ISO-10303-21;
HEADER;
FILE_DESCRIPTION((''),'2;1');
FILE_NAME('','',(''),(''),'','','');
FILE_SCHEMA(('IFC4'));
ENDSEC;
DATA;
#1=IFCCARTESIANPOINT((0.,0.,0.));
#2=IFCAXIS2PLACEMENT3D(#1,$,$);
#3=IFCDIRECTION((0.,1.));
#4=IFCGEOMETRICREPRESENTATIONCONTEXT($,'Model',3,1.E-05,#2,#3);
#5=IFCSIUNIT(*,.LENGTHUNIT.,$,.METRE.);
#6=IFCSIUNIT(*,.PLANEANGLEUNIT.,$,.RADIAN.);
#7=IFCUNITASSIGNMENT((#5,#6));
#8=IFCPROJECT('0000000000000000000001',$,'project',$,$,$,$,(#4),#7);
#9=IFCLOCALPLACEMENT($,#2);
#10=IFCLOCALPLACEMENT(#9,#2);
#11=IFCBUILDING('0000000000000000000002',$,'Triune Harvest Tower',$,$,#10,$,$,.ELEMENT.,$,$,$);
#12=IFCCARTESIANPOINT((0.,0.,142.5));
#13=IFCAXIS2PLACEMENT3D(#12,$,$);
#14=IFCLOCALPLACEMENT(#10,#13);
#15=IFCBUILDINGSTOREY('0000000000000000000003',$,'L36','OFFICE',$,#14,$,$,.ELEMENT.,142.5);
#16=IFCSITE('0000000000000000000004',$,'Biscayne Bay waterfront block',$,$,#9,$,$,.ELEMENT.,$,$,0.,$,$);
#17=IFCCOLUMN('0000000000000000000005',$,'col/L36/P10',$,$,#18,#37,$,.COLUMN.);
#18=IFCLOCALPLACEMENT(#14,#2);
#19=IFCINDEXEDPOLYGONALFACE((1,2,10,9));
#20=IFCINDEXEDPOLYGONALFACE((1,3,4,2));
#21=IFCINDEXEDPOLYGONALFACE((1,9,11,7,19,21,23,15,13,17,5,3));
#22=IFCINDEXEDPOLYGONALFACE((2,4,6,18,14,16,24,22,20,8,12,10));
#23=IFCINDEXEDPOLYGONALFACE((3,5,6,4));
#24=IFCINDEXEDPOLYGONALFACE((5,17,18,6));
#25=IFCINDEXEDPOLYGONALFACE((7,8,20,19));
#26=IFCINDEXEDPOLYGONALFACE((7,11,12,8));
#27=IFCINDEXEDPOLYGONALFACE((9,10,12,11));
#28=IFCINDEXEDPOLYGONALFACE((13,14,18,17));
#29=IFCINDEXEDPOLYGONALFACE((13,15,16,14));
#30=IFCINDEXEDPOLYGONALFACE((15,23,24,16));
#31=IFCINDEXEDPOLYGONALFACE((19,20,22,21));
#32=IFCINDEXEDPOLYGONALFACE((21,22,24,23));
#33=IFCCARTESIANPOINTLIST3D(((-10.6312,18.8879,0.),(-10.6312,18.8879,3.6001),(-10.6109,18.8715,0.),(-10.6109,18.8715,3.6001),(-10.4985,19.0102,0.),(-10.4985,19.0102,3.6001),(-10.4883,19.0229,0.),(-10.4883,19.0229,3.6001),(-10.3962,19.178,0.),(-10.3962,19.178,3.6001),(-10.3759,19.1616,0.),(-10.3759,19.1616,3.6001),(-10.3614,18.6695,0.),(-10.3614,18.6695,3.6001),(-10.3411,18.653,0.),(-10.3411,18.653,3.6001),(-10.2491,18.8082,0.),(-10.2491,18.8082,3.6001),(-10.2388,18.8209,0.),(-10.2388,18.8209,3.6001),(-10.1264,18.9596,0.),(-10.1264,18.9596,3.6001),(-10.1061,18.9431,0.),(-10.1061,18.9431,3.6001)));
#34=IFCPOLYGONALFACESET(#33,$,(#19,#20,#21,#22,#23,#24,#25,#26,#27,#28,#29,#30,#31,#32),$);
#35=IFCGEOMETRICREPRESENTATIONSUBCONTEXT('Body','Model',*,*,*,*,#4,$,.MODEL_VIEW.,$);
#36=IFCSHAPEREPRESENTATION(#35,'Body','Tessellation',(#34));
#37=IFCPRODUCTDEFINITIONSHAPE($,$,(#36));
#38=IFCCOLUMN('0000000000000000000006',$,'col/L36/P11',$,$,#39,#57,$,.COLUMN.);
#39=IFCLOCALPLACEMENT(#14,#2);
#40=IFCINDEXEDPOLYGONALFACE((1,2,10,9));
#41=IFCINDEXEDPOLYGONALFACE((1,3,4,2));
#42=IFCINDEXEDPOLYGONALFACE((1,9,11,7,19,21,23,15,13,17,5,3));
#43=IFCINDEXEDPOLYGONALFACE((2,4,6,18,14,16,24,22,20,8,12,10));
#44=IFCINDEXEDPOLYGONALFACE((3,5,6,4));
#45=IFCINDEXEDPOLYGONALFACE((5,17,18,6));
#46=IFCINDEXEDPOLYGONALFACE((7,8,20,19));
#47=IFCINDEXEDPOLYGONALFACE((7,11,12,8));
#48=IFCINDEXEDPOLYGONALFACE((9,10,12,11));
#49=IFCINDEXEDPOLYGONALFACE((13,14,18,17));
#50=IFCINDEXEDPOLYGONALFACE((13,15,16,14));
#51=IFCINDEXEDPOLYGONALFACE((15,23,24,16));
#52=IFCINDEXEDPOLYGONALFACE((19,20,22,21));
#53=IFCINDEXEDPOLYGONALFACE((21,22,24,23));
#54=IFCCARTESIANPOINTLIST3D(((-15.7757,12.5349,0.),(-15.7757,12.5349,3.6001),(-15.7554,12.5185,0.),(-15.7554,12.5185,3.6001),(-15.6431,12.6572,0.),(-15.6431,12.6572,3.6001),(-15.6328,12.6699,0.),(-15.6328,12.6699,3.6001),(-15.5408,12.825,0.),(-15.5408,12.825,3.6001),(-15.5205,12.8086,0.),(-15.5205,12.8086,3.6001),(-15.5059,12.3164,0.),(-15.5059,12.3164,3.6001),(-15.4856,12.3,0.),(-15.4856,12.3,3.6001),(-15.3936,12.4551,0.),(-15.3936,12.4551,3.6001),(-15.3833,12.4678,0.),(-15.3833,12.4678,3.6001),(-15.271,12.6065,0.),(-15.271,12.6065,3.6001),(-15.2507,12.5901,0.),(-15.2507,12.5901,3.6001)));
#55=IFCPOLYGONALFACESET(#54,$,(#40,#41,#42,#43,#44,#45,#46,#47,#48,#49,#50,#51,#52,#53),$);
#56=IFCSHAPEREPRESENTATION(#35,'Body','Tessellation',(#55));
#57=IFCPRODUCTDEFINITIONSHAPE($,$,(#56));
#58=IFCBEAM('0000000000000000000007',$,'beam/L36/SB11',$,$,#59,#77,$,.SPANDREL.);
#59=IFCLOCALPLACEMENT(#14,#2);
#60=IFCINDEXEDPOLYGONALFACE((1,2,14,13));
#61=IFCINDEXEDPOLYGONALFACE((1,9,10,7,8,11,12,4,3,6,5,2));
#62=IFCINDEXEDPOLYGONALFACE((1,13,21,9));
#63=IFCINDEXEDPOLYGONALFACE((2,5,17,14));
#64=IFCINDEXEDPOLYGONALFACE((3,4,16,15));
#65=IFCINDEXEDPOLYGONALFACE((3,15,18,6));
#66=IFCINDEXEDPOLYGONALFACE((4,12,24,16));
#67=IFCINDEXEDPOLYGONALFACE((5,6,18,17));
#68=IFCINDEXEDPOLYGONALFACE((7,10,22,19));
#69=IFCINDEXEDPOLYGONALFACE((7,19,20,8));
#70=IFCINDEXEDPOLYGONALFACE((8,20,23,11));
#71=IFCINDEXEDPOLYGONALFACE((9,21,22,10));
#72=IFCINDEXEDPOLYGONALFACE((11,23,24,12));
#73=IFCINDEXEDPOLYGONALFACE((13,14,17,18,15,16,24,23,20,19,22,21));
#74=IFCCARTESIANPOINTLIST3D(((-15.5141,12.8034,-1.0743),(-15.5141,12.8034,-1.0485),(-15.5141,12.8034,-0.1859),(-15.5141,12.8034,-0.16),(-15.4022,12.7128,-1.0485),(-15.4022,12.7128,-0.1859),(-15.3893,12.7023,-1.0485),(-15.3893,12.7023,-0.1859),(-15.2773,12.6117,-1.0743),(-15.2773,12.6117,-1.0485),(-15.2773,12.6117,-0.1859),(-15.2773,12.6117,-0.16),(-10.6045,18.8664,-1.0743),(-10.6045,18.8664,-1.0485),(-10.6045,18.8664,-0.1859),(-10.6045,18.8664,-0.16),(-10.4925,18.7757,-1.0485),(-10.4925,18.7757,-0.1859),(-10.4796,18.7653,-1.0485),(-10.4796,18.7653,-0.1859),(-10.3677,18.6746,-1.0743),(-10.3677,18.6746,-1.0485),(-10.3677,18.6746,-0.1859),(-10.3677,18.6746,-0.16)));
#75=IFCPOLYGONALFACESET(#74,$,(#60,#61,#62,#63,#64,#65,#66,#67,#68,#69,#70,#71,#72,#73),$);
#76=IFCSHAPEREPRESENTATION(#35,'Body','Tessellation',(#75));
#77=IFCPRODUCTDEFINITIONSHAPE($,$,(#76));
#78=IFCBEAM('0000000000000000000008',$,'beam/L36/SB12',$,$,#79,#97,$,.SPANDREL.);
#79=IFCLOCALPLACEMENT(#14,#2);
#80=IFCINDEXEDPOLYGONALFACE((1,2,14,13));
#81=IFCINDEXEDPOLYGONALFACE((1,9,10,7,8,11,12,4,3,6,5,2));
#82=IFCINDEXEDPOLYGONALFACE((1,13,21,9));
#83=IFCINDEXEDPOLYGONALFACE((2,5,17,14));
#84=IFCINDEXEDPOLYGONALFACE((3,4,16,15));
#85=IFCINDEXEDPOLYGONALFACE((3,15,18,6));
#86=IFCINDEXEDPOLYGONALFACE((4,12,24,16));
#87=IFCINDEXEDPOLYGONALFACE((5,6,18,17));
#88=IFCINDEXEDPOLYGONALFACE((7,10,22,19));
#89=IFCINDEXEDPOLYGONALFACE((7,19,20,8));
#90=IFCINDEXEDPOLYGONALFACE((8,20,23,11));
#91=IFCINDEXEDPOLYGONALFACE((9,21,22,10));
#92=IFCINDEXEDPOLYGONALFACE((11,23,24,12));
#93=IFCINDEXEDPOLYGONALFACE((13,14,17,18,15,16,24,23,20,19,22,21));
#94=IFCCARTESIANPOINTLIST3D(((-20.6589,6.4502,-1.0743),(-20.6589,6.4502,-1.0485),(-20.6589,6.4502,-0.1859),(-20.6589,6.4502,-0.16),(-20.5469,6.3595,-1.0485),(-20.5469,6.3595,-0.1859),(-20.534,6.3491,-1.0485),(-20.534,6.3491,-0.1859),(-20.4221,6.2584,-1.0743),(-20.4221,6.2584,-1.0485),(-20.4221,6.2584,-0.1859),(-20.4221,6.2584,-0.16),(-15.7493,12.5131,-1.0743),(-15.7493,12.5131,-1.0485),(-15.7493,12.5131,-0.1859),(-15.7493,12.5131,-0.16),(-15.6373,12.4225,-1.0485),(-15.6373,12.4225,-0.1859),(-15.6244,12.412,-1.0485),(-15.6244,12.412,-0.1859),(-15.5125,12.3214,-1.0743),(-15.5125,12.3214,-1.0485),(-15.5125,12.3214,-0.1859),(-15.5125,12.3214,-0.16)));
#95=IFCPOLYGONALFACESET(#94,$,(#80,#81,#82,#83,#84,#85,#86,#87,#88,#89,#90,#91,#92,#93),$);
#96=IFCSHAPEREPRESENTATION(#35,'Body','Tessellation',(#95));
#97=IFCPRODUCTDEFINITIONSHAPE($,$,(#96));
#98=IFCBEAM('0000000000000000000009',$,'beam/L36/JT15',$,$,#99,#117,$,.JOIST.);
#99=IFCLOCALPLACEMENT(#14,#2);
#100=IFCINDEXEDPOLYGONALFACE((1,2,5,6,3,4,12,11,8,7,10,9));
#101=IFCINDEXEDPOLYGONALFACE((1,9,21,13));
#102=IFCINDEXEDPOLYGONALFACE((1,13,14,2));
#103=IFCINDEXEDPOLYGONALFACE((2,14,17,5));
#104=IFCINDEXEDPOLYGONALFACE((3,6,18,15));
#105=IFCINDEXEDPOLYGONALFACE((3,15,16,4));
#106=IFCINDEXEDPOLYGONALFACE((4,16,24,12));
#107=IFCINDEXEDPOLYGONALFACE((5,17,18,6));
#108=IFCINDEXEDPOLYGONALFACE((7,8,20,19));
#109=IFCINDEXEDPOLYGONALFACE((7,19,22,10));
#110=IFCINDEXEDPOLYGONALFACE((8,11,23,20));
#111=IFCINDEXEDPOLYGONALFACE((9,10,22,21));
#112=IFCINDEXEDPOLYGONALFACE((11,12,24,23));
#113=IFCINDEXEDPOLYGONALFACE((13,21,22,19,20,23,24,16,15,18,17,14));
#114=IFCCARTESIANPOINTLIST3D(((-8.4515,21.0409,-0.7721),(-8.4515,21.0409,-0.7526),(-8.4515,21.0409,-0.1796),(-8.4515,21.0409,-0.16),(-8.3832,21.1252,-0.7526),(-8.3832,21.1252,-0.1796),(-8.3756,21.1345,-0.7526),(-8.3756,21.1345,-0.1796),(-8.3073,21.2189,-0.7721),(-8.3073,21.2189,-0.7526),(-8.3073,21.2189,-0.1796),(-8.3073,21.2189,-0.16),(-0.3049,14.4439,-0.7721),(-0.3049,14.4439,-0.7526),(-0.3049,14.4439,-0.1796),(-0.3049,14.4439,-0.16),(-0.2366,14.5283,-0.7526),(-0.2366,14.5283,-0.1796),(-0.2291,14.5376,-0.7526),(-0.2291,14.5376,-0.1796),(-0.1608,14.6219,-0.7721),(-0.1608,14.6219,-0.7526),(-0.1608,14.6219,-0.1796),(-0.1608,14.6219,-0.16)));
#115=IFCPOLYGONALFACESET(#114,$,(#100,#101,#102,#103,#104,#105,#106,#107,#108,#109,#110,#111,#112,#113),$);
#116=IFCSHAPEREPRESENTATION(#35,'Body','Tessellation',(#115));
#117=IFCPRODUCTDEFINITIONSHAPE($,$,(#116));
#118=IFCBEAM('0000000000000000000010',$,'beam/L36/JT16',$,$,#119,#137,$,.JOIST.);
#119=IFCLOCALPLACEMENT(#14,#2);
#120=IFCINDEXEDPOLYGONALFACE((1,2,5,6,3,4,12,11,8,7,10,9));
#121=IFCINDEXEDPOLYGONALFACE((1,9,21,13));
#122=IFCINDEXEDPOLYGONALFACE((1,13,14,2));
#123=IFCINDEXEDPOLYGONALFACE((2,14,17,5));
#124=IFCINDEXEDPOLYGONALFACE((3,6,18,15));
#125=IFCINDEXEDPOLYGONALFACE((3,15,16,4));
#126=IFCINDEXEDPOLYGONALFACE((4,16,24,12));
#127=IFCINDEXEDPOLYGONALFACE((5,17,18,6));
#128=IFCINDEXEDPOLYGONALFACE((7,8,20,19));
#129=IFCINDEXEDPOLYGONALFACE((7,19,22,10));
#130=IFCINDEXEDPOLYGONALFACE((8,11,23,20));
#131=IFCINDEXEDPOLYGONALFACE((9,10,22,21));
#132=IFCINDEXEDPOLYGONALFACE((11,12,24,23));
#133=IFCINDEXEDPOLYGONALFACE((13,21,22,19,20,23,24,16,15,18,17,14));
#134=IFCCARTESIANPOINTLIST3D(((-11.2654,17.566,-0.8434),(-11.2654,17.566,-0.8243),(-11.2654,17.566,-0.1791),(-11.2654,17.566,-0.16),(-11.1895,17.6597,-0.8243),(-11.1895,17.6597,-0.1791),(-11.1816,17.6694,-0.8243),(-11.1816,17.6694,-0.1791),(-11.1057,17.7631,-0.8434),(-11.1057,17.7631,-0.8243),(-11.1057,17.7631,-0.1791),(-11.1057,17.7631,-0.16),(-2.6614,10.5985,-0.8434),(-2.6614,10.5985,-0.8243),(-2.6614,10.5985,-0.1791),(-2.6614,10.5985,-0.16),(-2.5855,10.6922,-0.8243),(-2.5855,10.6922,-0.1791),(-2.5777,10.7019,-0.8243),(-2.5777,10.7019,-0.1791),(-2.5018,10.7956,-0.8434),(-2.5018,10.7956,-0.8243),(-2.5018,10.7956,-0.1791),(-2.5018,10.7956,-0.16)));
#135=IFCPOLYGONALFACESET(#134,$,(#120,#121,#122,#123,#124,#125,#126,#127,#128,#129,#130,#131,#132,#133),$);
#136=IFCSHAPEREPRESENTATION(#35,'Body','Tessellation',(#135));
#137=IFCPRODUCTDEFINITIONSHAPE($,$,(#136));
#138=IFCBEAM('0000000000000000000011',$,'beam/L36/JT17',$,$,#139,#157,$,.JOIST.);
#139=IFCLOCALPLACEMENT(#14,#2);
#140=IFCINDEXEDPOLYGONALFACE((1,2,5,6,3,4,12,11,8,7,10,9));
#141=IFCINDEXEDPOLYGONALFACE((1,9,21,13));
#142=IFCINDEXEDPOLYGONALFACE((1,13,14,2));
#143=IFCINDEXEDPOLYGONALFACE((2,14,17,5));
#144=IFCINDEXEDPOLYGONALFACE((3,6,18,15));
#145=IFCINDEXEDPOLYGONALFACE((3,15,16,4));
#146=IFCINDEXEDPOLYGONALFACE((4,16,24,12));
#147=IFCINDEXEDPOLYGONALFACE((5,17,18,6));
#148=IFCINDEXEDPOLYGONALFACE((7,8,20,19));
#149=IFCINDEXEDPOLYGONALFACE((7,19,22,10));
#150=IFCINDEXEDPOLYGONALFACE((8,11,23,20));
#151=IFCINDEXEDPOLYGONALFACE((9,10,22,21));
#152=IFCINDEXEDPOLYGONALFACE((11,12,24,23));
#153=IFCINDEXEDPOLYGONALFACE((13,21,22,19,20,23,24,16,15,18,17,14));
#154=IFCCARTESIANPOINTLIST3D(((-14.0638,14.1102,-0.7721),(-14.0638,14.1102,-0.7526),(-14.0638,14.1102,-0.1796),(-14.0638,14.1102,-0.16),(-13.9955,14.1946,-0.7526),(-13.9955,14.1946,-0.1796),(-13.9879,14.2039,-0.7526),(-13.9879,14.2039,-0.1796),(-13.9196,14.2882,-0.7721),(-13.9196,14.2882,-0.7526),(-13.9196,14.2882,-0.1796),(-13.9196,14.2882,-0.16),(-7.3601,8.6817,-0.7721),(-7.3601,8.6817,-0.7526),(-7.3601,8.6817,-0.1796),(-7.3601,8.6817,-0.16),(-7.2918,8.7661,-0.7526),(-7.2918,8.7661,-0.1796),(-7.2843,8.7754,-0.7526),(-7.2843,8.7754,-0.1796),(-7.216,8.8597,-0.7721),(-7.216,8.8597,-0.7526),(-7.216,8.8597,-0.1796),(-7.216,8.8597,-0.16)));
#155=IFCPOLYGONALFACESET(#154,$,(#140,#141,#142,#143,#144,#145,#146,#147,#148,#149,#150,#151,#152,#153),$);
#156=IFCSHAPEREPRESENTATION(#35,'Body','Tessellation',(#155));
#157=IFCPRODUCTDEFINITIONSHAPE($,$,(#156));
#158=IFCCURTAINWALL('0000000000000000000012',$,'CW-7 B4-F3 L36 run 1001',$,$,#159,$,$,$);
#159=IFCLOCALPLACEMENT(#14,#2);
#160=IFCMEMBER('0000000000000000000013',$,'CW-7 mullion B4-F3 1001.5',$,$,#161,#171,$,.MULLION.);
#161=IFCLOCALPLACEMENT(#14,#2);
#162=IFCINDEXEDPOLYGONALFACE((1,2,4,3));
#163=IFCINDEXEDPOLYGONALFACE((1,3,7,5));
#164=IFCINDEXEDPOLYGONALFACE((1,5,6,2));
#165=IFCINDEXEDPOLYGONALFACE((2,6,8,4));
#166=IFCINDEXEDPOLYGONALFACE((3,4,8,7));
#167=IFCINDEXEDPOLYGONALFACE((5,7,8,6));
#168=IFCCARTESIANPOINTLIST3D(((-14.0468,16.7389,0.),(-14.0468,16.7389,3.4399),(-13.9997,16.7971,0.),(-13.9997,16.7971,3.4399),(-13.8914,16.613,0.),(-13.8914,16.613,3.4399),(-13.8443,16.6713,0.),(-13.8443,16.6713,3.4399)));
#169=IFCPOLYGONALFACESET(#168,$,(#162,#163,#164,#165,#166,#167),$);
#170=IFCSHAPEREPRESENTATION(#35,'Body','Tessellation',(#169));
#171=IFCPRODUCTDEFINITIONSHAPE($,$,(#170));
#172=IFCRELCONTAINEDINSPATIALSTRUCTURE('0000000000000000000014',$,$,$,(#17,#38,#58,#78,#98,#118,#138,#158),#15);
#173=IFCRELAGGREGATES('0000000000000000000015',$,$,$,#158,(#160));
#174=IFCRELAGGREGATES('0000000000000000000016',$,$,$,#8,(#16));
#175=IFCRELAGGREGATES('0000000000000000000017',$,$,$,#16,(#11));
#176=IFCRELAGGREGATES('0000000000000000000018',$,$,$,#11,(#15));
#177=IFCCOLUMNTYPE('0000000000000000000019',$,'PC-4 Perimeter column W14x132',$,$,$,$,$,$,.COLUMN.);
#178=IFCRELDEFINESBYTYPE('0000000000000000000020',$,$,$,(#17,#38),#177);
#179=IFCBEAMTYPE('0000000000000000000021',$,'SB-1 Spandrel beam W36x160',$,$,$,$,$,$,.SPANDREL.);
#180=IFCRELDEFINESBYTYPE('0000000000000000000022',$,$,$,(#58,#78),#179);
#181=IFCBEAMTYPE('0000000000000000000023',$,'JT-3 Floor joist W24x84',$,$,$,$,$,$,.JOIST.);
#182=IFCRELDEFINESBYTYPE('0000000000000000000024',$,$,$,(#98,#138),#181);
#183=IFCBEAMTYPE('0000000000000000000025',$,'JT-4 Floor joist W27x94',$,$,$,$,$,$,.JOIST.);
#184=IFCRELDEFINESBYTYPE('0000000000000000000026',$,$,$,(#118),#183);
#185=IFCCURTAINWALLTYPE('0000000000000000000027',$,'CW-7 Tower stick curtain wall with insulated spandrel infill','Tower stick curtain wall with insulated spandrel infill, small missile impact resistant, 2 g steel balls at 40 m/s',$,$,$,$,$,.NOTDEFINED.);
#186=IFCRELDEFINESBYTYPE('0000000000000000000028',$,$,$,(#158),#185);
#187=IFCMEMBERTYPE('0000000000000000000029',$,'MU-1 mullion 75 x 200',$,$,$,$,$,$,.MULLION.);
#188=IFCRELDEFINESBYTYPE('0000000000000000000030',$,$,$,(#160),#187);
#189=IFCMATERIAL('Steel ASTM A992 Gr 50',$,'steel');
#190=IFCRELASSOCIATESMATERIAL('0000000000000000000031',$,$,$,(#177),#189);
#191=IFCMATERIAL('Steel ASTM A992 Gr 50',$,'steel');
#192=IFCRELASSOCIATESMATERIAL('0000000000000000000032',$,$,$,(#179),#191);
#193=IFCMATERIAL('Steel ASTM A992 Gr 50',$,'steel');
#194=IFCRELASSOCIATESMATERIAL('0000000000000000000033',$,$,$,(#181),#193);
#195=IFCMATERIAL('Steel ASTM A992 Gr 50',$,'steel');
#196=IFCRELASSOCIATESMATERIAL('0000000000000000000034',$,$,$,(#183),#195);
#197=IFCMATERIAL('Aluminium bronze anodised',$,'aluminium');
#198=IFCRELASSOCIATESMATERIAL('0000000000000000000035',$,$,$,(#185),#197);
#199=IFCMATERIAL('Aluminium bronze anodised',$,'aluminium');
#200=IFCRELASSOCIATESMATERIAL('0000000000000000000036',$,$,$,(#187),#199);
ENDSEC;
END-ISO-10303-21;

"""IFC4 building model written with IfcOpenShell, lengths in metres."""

from ifc_helpers import new_model, si_unit, direction, frame, origin, origin_2d, place, context, subcontext, project, spatial, rectangle, i_section, extrude, source, transform, mapped, material, material_profile, profile_set, type_object, element, aggregate, save


model = new_model("IFC4")

# Units and contexts
model_context = context("Model", 3, precision=1e-05, world=origin(), true_north=direction((0.0, 1.0)))
body_context = subcontext(model_context, "Body", "Model", "MODEL_VIEW")
ifc_project = project(units=[si_unit("LENGTHUNIT", "METRE"), si_unit("PLANEANGLEUNIT", "RADIAN")], contexts=[model_context])

# Site, building, storey
site_placement = place(None, origin())
site = spatial("IfcSite", under=ifc_project, at=site_placement, Name="Biscayne Bay waterfront block", CompositionType="ELEMENT", RefElevation=0.0)
building_placement = place(site_placement, origin())
building = spatial("IfcBuilding", under=site, at=building_placement, Name="Triune Harvest Tower", CompositionType="ELEMENT")
storey_placement = place(building_placement, frame((0.0, 0.0, 142.5)))
storey = spatial("IfcBuildingStorey", under=building, at=storey_placement, Name="L36", Description="OFFICE", CompositionType="ELEMENT", Elevation=142.5)

# Columns
ifc_material_1 = material(Name="Steel ASTM A992 Gr 50", Category="steel")
ifc_material_profile_1 = material_profile(ifc_material_1, i_section(OverallWidth=0.3733, OverallDepth=0.3733, WebThickness=0.0164, FlangeThickness=0.0261, at=origin_2d()), Name="W14x132")
ifc_profile_set_1 = profile_set([ifc_material_profile_1], Name="Steel ASTM A992 Gr 50")
column_type = type_object("IfcColumnType", Name="PC-4 Perimeter column W14x132", PredefinedType="COLUMN", material=ifc_profile_set_1)
shared_shape_1 = source(origin(), body_context, "Body", "SweptSolid", [
    extrude(i_section(OverallWidth=0.3733, OverallDepth=0.3733, WebThickness=0.0164, FlangeThickness=0.0261, at=origin_2d()), origin(), (0.0, 0.0, 1.0), 3.6001),
])
for number, where, z_axis, x_axis, name in (
    (1, (-10.3687, 18.9155, 0.0), (0.0, 0.0, 1.0), (-0.629322, -0.777145, 0.0), "col/L36/P10"),
    (2, (-15.5132, 12.5625, 0.0), (0.0, 0.0, 1.0), (-0.629322, -0.777145, 0.0), "col/L36/P11"),
):
    element("IfcColumn", number, at=place(storey_placement, frame(where, z_axis=z_axis, x_axis=x_axis)), inside=storey, type_object=column_type, Name=name, PredefinedType="COLUMN", context=body_context, shape_type="MappedRepresentation", body=[
        mapped(shared_shape_1, transform((0.0, 0.0, 0.0), scale=1.0)),
    ])

# Beams
ifc_material_2 = material(Name="Steel ASTM A992 Gr 50", Category="steel")
ifc_material_profile_2 = material_profile(ifc_material_2, i_section(OverallWidth=0.3047, OverallDepth=0.9143, WebThickness=0.0166, FlangeThickness=0.0259, at=origin_2d()), Name="W36x160")
ifc_profile_set_2 = profile_set([ifc_material_profile_2], Name="Steel ASTM A992 Gr 50")
beam_type_1 = type_object("IfcBeamType", Name="SB-1 Spandrel beam W36x160", PredefinedType="SPANDREL", material=ifc_profile_set_2)
shared_shape_2 = source(origin(), body_context, "Body", "SweptSolid", [
    extrude(i_section(OverallWidth=0.3047, OverallDepth=0.9143, WebThickness=0.0166, FlangeThickness=0.0259, at=origin_2d()), origin(), (0.0, 0.0, 1.0), 7.8015),
])
for number, where, z_axis, x_axis, name in (
    (3, (-10.4861, 18.7705, -0.6172), (-0.629317, -0.777149, 0.0), (0.777149, -0.629317, 0.0), "beam/L36/SB11"),
    (4, (-15.6309, 12.4172, -0.6172), (-0.629317, -0.777149, 0.0), (0.777149, -0.629317, 0.0), "beam/L36/SB12"),
):
    element("IfcBeam", number, at=place(storey_placement, frame(where, z_axis=z_axis, x_axis=x_axis)), inside=storey, type_object=beam_type_1, Name=name, PredefinedType="SPANDREL", context=body_context, shape_type="MappedRepresentation", body=[
        mapped(shared_shape_2, transform((0.0, 0.0, 0.0), scale=1.0)),
    ])
ifc_material_3 = material(Name="Steel ASTM A992 Gr 50", Category="steel")
ifc_material_profile_3 = material_profile(ifc_material_3, i_section(OverallWidth=0.229, OverallDepth=0.6121, WebThickness=0.012, FlangeThickness=0.0195, at=origin_2d()), Name="W24x84")
ifc_profile_set_3 = profile_set([ifc_material_profile_3], Name="Steel ASTM A992 Gr 50")
beam_type_2 = type_object("IfcBeamType", Name="JT-3 Floor joist W24x84", PredefinedType="JOIST", material=ifc_profile_set_3)
shared_shape_3 = source(origin(), body_context, "Body", "SweptSolid", [
    extrude(i_section(OverallWidth=0.229, OverallDepth=0.6121, WebThickness=0.012, FlangeThickness=0.0195, at=origin_2d()), origin(), (0.0, 0.0, 1.0), 10.4827),
])
beam_1_placement = place(storey_placement, frame((-8.3794, 21.1299, -0.4661), z_axis=(0.777145, -0.629322, 0.0), x_axis=(0.629322, 0.777145, 0.0)))
element("IfcBeam", 5, at=beam_1_placement, inside=storey, type_object=beam_type_2, Name="beam/L36/JT15", PredefinedType="JOIST", context=body_context, shape_type="MappedRepresentation", body=[
    mapped(shared_shape_3, transform((0.0, 0.0, 0.0), scale=1.0)),
])
ifc_material_4 = material(Name="Steel ASTM A992 Gr 50", Category="steel")
ifc_material_profile_4 = material_profile(ifc_material_4, i_section(OverallWidth=0.2537, OverallDepth=0.6833, WebThickness=0.0125, FlangeThickness=0.019, at=origin_2d()), Name="W27x94")
ifc_profile_set_4 = profile_set([ifc_material_profile_4], Name="Steel ASTM A992 Gr 50")
beam_type_3 = type_object("IfcBeamType", Name="JT-4 Floor joist W27x94", PredefinedType="JOIST", material=ifc_profile_set_4)
shared_shape_4 = source(origin(), body_context, "Body", "SweptSolid", [
    extrude(i_section(OverallWidth=0.2537, OverallDepth=0.6833, WebThickness=0.0125, FlangeThickness=0.019, at=origin_2d()), origin(), (0.0, 0.0, 1.0), 11.0713),
])
beam_2_placement = place(storey_placement, frame((-11.1855, 17.6646, -0.5017), z_axis=(0.77714, -0.629328, 0.0), x_axis=(0.629328, 0.77714, 0.0)))
element("IfcBeam", 6, at=beam_2_placement, inside=storey, type_object=beam_type_3, Name="beam/L36/JT16", PredefinedType="JOIST", context=body_context, shape_type="MappedRepresentation", body=[
    mapped(shared_shape_4, transform((0.0, 0.0, 0.0), scale=1.0)),
])
shared_shape_5 = source(origin(), body_context, "Body", "SweptSolid", [
    extrude(i_section(OverallWidth=0.229, OverallDepth=0.6121, WebThickness=0.012, FlangeThickness=0.0195, at=origin_2d()), origin(), (0.0, 0.0, 1.0), 8.626),
])
beam_3_placement = place(storey_placement, frame((-13.9917, 14.1992, -0.4661), z_axis=(0.777147, -0.62932, 0.0), x_axis=(0.62932, 0.777147, 0.0)))
element("IfcBeam", 7, at=beam_3_placement, inside=storey, type_object=beam_type_2, Name="beam/L36/JT17", PredefinedType="JOIST", context=body_context, shape_type="MappedRepresentation", body=[
    mapped(shared_shape_5, transform((0.0, 0.0, 0.0), scale=1.0)),
])

# Curtain wall, member
ifc_material_5 = material(Name="Aluminium bronze anodised", Category="aluminium")
curtain_wall_type = type_object("IfcCurtainWallType", Name="CW-7 Tower stick curtain wall with insulated spandrel infill", Description="Tower stick curtain wall with insulated spandrel infill, small missile impact resistant, 2 g steel balls at 40 m/s", PredefinedType="NOTDEFINED", material=ifc_material_5)
curtain_wall_placement = place(storey_placement, origin())
curtain_wall = element("IfcCurtainWall", 8, at=curtain_wall_placement, inside=storey, type_object=curtain_wall_type, Name="CW-7 B4-F3 L36 run 1001")
ifc_material_6 = material(Name="Aluminium bronze anodised", Category="aluminium")
ifc_material_profile_5 = material_profile(ifc_material_6, rectangle(XDim=0.2, YDim=0.075, at=origin_2d()), Name="MU-1 mullion 75 x 200")
ifc_profile_set_5 = profile_set([ifc_material_profile_5], Name="Aluminium bronze anodised")
member_type_1 = type_object("IfcMemberType", Name="MU-1 mullion 75 x 200", PredefinedType="MULLION", material=ifc_profile_set_5)
shared_shape_6 = source(origin(), body_context, "Body", "SweptSolid", [
    extrude(rectangle(XDim=0.2, YDim=0.075, at=origin_2d()), origin(), (0.0, 0.0, 1.0), 3.4399),
])
member_1_placement = place(storey_placement, frame((-13.9456, 16.7051, 0.0), z_axis=(0.0, 0.0, 1.0), x_axis=(0.777144, -0.629322, 0.0)))
member_1 = element("IfcMember", 9, at=member_1_placement, type_object=member_type_1, Name="CW-7 mullion B4-F3 1001.5", PredefinedType="MULLION", context=body_context, shape_type="MappedRepresentation", body=[
    mapped(shared_shape_6, transform((0.0, 0.0, 0.0), scale=1.0)),
])
aggregate(curtain_wall, [member_1])

save(model, "model.ifc")
